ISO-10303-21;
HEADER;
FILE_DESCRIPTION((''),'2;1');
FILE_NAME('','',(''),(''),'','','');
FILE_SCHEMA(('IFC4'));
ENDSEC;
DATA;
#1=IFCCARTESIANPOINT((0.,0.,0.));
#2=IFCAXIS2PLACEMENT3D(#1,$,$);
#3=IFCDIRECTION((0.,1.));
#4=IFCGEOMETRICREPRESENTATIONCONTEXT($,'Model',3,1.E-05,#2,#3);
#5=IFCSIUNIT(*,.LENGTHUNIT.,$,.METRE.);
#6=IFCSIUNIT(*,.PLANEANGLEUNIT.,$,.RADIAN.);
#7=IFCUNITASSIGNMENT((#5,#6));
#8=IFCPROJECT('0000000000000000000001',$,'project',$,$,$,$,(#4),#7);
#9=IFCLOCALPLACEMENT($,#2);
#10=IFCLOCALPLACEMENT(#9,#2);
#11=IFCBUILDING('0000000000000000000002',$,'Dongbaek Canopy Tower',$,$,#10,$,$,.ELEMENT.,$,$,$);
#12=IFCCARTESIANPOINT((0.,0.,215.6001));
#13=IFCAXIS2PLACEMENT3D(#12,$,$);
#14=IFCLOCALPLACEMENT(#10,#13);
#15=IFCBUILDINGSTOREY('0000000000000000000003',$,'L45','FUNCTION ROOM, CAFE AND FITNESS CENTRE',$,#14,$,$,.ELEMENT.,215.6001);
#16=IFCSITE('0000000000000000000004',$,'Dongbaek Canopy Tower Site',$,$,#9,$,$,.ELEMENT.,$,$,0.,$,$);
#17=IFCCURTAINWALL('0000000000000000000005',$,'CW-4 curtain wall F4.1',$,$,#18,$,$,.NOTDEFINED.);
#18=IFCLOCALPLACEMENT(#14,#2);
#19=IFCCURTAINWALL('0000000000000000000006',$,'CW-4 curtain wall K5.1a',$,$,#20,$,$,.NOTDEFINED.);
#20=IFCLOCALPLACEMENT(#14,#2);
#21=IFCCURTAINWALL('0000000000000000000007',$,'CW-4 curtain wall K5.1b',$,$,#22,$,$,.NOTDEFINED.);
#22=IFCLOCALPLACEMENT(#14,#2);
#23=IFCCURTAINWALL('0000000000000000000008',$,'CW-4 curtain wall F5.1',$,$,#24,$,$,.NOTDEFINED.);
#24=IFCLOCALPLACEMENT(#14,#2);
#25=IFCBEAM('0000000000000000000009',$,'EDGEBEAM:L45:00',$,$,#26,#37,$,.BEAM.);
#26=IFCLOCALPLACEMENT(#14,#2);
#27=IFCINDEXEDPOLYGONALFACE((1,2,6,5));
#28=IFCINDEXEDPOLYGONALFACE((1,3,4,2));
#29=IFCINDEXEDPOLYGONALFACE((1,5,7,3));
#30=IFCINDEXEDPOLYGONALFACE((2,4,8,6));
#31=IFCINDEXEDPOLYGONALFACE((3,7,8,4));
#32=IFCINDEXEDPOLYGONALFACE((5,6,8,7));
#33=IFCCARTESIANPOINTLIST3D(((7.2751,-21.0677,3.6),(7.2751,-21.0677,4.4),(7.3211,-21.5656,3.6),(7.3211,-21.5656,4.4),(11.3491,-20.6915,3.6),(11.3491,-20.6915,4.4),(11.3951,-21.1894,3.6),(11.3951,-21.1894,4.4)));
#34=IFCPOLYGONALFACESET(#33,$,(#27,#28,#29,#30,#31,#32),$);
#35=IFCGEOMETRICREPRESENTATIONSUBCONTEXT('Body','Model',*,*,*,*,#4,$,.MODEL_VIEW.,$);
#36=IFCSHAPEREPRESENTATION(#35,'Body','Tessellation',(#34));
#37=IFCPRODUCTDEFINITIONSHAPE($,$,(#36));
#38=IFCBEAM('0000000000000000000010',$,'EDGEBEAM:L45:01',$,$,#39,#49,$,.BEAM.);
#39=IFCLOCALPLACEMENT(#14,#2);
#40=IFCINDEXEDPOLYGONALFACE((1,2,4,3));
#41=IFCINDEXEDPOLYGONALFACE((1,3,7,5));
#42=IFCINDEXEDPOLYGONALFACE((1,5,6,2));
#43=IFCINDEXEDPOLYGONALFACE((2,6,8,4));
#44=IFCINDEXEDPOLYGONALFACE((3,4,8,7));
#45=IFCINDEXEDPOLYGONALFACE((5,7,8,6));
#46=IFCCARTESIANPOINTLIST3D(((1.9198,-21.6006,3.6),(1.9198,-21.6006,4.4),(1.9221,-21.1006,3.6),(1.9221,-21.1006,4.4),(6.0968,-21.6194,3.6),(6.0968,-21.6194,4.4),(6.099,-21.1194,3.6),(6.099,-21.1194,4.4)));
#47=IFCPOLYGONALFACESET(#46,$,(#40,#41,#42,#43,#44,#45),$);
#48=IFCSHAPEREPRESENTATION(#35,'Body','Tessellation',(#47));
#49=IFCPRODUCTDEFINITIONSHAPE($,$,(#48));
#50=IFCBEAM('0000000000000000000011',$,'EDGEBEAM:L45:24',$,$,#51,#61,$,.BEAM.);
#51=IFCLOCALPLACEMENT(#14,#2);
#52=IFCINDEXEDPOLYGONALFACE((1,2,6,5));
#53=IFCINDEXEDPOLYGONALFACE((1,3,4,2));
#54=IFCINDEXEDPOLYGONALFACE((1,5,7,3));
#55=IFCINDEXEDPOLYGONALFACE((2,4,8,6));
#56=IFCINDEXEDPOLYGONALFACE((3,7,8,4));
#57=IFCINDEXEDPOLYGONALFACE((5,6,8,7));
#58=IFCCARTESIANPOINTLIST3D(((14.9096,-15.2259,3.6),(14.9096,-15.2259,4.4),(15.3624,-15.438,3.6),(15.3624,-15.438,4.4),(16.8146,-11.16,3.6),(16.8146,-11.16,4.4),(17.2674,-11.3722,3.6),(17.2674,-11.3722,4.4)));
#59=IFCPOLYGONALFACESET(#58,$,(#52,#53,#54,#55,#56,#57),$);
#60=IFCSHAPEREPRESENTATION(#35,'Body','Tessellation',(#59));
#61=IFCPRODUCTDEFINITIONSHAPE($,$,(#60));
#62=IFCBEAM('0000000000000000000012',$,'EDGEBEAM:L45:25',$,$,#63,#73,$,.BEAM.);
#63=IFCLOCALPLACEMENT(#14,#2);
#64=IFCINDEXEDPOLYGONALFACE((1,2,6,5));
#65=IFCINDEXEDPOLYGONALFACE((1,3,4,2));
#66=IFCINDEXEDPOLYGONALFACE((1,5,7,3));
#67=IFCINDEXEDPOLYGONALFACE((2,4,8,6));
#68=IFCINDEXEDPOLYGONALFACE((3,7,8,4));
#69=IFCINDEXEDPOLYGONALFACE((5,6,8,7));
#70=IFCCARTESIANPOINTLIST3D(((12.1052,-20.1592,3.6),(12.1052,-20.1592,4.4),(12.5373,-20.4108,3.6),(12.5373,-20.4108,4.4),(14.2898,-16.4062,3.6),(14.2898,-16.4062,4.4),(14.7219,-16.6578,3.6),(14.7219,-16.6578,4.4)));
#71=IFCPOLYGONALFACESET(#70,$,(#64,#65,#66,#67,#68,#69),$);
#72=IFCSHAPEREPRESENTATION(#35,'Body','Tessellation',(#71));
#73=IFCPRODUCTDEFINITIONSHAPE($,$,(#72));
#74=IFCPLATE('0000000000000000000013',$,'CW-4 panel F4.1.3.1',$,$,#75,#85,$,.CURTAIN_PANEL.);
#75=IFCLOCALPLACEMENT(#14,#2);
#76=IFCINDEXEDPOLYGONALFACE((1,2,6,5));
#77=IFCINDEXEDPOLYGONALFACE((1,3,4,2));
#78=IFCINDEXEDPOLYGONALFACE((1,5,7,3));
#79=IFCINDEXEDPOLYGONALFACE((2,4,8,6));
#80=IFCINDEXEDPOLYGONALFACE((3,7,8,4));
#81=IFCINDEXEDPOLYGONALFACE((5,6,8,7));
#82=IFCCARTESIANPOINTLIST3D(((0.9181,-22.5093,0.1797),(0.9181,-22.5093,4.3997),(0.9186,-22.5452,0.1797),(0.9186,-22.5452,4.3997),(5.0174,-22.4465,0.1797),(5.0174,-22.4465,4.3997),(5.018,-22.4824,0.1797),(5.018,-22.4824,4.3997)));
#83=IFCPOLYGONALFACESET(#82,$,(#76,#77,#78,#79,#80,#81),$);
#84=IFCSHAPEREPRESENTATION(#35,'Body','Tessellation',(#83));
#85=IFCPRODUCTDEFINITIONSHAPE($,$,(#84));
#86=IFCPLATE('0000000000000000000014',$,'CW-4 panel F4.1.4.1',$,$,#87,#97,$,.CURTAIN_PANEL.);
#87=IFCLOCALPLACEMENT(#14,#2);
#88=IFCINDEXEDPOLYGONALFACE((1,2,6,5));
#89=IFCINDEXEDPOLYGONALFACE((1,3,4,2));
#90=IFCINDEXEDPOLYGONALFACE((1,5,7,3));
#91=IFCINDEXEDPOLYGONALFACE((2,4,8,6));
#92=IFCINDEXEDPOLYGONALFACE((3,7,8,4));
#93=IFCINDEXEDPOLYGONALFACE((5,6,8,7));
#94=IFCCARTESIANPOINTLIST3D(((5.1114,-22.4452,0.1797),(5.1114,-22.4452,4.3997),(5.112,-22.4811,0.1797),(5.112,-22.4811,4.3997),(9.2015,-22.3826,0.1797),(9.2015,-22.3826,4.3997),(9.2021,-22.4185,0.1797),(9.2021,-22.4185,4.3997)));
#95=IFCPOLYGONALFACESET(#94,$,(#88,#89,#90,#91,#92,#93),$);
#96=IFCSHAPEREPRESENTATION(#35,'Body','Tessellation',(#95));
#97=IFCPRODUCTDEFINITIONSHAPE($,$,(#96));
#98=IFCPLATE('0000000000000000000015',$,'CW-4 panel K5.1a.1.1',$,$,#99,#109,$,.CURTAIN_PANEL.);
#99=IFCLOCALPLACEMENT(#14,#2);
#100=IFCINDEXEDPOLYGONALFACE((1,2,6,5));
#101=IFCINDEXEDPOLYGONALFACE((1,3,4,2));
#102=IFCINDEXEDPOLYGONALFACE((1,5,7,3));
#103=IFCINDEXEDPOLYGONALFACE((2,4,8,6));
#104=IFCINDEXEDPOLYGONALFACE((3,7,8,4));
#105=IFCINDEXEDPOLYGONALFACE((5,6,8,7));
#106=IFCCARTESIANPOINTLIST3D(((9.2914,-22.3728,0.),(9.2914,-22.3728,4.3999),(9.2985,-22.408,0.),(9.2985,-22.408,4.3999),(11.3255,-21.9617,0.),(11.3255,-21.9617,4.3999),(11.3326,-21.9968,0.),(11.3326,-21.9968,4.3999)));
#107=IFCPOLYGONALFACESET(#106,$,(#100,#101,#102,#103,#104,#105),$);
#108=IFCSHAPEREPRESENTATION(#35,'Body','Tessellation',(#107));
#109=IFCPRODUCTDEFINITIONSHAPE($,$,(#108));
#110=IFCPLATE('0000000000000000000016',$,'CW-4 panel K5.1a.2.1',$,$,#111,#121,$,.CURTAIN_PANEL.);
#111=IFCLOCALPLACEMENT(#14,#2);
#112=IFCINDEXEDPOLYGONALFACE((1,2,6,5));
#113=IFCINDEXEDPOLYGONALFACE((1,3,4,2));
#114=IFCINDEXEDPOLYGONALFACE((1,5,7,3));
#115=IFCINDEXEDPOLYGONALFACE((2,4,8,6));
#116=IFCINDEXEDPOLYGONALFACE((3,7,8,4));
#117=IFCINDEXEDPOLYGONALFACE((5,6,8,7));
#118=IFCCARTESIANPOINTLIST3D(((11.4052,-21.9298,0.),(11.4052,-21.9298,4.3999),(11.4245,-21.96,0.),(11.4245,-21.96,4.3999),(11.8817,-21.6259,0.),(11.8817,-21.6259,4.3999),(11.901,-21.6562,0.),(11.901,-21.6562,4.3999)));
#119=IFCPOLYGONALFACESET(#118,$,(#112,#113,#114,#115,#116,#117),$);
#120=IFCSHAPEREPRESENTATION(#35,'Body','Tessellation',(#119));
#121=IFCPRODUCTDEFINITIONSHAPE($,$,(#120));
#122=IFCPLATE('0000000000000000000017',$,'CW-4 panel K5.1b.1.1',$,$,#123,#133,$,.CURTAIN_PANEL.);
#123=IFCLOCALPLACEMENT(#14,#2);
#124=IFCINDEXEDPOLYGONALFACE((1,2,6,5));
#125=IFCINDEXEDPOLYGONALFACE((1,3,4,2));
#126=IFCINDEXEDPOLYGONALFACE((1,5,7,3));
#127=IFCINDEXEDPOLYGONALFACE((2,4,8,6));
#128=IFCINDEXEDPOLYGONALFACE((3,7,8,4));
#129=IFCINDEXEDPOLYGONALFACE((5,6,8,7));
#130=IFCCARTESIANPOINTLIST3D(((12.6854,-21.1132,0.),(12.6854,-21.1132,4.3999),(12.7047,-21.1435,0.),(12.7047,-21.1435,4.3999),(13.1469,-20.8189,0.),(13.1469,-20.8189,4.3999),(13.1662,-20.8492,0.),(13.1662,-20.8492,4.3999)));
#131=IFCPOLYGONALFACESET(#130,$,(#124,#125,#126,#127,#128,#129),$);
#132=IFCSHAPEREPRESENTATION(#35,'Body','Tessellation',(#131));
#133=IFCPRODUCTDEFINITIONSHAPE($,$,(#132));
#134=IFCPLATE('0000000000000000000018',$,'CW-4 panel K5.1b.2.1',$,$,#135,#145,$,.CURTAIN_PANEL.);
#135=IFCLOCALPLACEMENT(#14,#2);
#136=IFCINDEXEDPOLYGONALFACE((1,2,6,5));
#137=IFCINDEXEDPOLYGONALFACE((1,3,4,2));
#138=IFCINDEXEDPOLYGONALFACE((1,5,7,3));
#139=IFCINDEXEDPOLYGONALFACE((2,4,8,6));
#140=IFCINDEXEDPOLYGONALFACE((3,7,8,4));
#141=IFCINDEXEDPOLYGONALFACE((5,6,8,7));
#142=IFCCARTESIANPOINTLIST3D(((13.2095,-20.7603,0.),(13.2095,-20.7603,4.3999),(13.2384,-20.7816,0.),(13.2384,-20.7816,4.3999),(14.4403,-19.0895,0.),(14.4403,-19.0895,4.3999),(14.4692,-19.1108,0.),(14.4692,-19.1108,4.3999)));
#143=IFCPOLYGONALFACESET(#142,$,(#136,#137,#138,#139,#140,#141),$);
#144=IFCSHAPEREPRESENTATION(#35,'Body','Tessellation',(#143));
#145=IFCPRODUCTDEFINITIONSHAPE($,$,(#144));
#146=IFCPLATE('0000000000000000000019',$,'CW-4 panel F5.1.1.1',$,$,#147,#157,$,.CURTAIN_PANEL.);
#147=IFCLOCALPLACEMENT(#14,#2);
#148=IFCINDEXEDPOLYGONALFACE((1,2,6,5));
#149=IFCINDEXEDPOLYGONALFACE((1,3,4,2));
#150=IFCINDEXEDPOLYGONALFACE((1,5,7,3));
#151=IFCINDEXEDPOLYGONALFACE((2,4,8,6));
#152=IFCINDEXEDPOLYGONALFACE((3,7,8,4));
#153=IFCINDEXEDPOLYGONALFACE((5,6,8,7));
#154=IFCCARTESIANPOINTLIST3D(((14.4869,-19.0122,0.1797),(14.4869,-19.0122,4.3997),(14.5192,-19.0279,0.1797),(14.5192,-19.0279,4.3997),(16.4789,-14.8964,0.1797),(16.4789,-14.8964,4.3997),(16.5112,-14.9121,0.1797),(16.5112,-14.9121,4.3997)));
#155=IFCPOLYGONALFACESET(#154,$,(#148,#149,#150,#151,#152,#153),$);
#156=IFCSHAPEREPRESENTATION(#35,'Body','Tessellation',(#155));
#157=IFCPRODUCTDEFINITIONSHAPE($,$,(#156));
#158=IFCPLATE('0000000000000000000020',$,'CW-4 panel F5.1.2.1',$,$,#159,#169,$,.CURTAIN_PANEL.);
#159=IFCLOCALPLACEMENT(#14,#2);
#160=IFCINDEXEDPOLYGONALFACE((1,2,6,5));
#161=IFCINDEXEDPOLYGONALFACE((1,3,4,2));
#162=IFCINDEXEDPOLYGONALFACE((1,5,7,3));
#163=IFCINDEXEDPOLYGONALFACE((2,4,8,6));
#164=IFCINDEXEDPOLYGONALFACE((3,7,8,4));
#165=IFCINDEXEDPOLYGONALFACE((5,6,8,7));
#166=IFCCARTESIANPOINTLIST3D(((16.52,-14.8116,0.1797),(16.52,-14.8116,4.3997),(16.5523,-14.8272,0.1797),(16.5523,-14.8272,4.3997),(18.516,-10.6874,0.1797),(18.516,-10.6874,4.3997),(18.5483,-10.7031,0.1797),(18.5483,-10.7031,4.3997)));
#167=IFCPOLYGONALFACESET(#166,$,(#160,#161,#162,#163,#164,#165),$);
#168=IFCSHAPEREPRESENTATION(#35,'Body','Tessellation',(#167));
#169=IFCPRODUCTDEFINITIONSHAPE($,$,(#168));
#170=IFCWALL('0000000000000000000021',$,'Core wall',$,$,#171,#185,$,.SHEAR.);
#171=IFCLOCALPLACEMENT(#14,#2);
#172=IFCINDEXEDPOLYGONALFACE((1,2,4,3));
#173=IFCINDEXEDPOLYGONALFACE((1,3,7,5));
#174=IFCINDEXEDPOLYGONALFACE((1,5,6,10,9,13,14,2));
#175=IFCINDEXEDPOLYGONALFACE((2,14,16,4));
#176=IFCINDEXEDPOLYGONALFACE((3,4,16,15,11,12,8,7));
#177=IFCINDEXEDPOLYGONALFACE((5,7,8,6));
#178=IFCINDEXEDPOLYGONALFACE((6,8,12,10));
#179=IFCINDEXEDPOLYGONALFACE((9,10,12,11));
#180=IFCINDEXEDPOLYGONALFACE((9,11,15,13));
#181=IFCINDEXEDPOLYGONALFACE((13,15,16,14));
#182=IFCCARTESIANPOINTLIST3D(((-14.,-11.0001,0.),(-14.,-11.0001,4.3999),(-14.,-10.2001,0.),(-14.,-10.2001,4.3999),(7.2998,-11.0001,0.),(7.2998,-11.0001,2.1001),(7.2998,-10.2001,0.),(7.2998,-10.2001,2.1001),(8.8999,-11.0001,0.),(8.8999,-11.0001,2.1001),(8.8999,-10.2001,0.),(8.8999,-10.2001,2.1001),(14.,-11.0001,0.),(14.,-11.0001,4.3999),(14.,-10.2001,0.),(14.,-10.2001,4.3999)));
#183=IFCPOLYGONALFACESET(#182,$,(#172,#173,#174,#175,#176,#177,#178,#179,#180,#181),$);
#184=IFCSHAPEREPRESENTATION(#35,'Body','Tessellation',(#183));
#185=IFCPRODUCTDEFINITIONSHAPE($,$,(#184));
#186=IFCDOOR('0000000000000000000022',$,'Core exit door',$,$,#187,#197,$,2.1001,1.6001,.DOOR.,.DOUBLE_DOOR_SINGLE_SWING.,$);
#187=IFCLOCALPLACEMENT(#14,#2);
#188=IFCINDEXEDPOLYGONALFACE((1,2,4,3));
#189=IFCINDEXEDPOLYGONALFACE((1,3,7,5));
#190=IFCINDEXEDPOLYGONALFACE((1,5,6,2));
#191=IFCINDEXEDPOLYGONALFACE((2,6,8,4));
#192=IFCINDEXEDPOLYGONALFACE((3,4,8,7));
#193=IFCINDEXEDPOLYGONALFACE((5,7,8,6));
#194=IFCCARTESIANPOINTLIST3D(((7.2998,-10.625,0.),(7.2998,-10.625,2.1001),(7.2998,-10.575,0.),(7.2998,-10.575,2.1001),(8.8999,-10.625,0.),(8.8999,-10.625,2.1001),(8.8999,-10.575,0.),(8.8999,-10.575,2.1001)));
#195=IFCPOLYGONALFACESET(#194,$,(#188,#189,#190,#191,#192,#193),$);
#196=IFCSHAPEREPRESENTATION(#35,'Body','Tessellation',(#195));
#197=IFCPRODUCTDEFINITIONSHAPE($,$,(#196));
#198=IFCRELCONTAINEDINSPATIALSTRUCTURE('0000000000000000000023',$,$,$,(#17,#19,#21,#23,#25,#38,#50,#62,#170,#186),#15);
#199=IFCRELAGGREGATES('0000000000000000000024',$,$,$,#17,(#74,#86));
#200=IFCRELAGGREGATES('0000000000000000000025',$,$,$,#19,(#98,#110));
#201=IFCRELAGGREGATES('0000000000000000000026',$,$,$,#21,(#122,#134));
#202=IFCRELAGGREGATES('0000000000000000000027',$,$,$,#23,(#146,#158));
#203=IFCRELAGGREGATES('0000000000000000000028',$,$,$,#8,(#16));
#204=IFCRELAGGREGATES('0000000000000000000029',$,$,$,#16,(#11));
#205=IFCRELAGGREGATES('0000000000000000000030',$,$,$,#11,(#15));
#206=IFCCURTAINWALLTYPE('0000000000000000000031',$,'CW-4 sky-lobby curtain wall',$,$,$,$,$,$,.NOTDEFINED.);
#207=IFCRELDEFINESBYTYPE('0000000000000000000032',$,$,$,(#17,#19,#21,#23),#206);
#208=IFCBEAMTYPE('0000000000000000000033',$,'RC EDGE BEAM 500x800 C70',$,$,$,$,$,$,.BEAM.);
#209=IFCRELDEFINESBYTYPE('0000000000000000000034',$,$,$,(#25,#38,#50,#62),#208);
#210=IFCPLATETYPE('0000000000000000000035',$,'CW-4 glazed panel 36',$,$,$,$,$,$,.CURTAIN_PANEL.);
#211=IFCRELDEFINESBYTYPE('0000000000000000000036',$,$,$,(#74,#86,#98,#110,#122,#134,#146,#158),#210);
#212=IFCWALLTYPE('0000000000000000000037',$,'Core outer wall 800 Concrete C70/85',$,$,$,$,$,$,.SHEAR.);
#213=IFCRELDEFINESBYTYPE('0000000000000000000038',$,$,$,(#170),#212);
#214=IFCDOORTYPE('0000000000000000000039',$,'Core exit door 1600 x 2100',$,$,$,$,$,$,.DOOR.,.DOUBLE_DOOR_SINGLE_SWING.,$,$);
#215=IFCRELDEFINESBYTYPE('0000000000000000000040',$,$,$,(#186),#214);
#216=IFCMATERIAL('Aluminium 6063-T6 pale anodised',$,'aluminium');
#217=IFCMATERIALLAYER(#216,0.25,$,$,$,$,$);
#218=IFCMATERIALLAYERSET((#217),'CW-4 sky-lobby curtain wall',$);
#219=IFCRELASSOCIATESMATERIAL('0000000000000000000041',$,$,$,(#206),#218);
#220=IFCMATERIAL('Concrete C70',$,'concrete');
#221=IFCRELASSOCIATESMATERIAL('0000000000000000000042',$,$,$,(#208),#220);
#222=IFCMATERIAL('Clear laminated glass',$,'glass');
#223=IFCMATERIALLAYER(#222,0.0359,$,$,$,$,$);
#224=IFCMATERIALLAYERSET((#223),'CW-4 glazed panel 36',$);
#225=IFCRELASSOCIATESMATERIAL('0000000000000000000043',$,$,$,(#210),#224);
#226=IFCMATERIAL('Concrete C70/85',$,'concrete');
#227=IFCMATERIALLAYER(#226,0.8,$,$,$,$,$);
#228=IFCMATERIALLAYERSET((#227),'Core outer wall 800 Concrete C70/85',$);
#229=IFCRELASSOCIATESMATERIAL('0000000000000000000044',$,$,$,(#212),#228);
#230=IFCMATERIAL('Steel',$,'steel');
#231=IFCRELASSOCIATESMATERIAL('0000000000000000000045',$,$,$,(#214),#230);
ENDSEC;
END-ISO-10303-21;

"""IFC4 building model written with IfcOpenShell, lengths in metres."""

from ifc_helpers import new_model, si_unit, direction, frame, frame_2d, origin, origin_2d, place, context, subcontext, project, spatial, rectangle, extrude, material, layer, layer_set, material_profile, profile_set, type_object, element, fill, aggregate, save


model = new_model("IFC4")

# Units and contexts
model_context = context("Model", 3, precision=1e-05, world=origin(), true_north=direction((0.0, 1.0)))
body_context = subcontext(model_context, "Body", "Model", "MODEL_VIEW")
ifc_project = project(units=[si_unit("LENGTHUNIT", "METRE"), si_unit("PLANEANGLEUNIT", "RADIAN")], contexts=[model_context])

# Site, building, storey
site_placement = place(None, origin())
site = spatial("IfcSite", under=ifc_project, at=site_placement, Name="Dongbaek Canopy Tower Site", CompositionType="ELEMENT", RefElevation=0.0)
building_placement = place(site_placement, origin())
building = spatial("IfcBuilding", under=site, at=building_placement, Name="Dongbaek Canopy Tower", CompositionType="ELEMENT")
storey_placement = place(building_placement, frame((0.0, 0.0, 215.6001)))
storey = spatial("IfcBuildingStorey", under=building, at=storey_placement, Name="L45", Description="FUNCTION ROOM, CAFE AND FITNESS CENTRE", CompositionType="ELEMENT", Elevation=215.6001)

# Curtain walls
ifc_material_1 = material(Name="Aluminium 6063-T6 pale anodised", Category="aluminium")
ifc_layer_1 = layer(ifc_material_1, 0.25)
ifc_layer_set_1 = layer_set([ifc_layer_1], Name="CW-4 sky-lobby curtain wall")
curtain_wall_type = type_object("IfcCurtainWallType", Name="CW-4 sky-lobby curtain wall", PredefinedType="NOTDEFINED", material=ifc_layer_set_1)
curtain_wall_1_placement = place(storey_placement, origin())
curtain_wall_1 = element("IfcCurtainWall", 1, at=curtain_wall_1_placement, inside=storey, type_object=curtain_wall_type, Name="CW-4 curtain wall F4.1", PredefinedType="NOTDEFINED")
curtain_wall_2_placement = place(storey_placement, origin())
curtain_wall_2 = element("IfcCurtainWall", 2, at=curtain_wall_2_placement, inside=storey, type_object=curtain_wall_type, Name="CW-4 curtain wall K5.1a", PredefinedType="NOTDEFINED")
curtain_wall_3_placement = place(storey_placement, origin())
curtain_wall_3 = element("IfcCurtainWall", 3, at=curtain_wall_3_placement, inside=storey, type_object=curtain_wall_type, Name="CW-4 curtain wall K5.1b", PredefinedType="NOTDEFINED")
curtain_wall_4_placement = place(storey_placement, origin())
curtain_wall_4 = element("IfcCurtainWall", 4, at=curtain_wall_4_placement, inside=storey, type_object=curtain_wall_type, Name="CW-4 curtain wall F5.1", PredefinedType="NOTDEFINED")

# Beams
ifc_material_2 = material(Name="Concrete C70", Category="concrete")
ifc_material_profile_1 = material_profile(ifc_material_2, rectangle(XDim=0.5, YDim=0.8, at=origin_2d()), Name="RC EDGE BEAM 500x800 C70")
ifc_profile_set_1 = profile_set([ifc_material_profile_1], Name="Concrete C70")
beam_type = type_object("IfcBeamType", Name="RC EDGE BEAM 500x800 C70", PredefinedType="BEAM", material=ifc_profile_set_1)
beam_1_placement = place(storey_placement, frame((11.3721, -20.9404, 4.0), z_axis=(-0.995763, -0.091956, 0.0), x_axis=(0.091956, -0.995763, 0.0)))
element("IfcBeam", 5, at=beam_1_placement, inside=storey, type_object=beam_type, Name="EDGEBEAM:L45:00", PredefinedType="BEAM", context=body_context, shape_type="SweptSolid", body=[
    extrude(rectangle(XDim=0.5, YDim=0.8, at=origin_2d()), origin(), (0.0, 0.0, 1.0), 4.0913),
])
beam_2_placement = place(storey_placement, frame((6.0979, -21.3694, 4.0), z_axis=(-0.99999, 0.004501, 0.0), x_axis=(-0.004501, -0.99999, 0.0)))
element("IfcBeam", 6, at=beam_2_placement, inside=storey, type_object=beam_type, Name="EDGEBEAM:L45:01", PredefinedType="BEAM", context=body_context, shape_type="SweptSolid", body=[
    extrude(rectangle(XDim=0.5, YDim=0.8, at=origin_2d()), origin(), (0.0, 0.0, 1.0), 4.177),
])
beam_3_placement = place(storey_placement, frame((17.041, -11.2661, 4.0), z_axis=(-0.424275, -0.905533, 0.0), x_axis=(0.905533, -0.424275, 0.0)))
element("IfcBeam", 7, at=beam_3_placement, inside=storey, type_object=beam_type, Name="EDGEBEAM:L45:24", PredefinedType="BEAM", context=body_context, shape_type="SweptSolid", body=[
    extrude(rectangle(XDim=0.5, YDim=0.8, at=origin_2d()), origin(), (0.0, 0.0, 1.0), 4.49),
])
beam_4_placement = place(storey_placement, frame((14.5059, -16.532, 4.0), z_axis=(-0.503074, -0.864243, 0.0), x_axis=(0.864243, -0.503074, 0.0)))
element("IfcBeam", 8, at=beam_4_placement, inside=storey, type_object=beam_type, Name="EDGEBEAM:L45:25", PredefinedType="BEAM", context=body_context, shape_type="SweptSolid", body=[
    extrude(rectangle(XDim=0.5, YDim=0.8, at=origin_2d()), origin(), (0.0, 0.0, 1.0), 4.3425),
])

# Plates
ifc_material_3 = material(Name="Clear laminated glass", Category="glass")
ifc_layer_2 = layer(ifc_material_3, 0.0359)
ifc_layer_set_2 = layer_set([ifc_layer_2], Name="CW-4 glazed panel 36")
plate_type = type_object("IfcPlateType", Name="CW-4 glazed panel 36", PredefinedType="CURTAIN_PANEL", material=ifc_layer_set_2)
plate_1_placement = place(storey_placement, frame((2.968, -22.4958, 0.1797), z_axis=(0.0, 0.0, 1.0), x_axis=(0.999883, 0.015303, 0.0)))
plate_1 = element("IfcPlate", 9, at=plate_1_placement, type_object=plate_type, Name="CW-4 panel F4.1.3.1", PredefinedType="CURTAIN_PANEL", context=body_context, shape_type="SweptSolid", body=[
    extrude(rectangle(XDim=4.0999, YDim=0.0359, at=origin_2d()), origin(), (0.0, 0.0, 1.0), 4.22),
])
plate_2_placement = place(storey_placement, frame((7.1567, -22.4319, 0.1797), z_axis=(0.0, 0.0, 1.0), x_axis=(0.999883, 0.015303, 0.0)))
plate_2 = element("IfcPlate", 10, at=plate_2_placement, type_object=plate_type, Name="CW-4 panel F4.1.4.1", PredefinedType="CURTAIN_PANEL", context=body_context, shape_type="SweptSolid", body=[
    extrude(rectangle(XDim=4.0906, YDim=0.0359, at=origin_2d()), origin(), (0.0, 0.0, 1.0), 4.22),
])
aggregate(curtain_wall_1, [plate_1, plate_2])
plate_3_placement = place(storey_placement, frame((10.312, -22.1848, 0.0), z_axis=(0.0, 0.0, 1.0), x_axis=(0.98018, 0.198108, 0.0)))
plate_3 = element("IfcPlate", 11, at=plate_3_placement, type_object=plate_type, Name="CW-4 panel K5.1a.1.1", PredefinedType="CURTAIN_PANEL", context=body_context, shape_type="SweptSolid", body=[
    extrude(rectangle(XDim=2.0752, YDim=0.0359, at=origin_2d()), origin(), (0.0, 0.0, 1.0), 4.3999),
])
plate_4_placement = place(storey_placement, frame((11.6531, -21.793, 0.0), z_axis=(0.0, 0.0, 1.0), x_axis=(0.843154, 0.537672, 0.0)))
plate_4 = element("IfcPlate", 12, at=plate_4_placement, type_object=plate_type, Name="CW-4 panel K5.1a.2.1", PredefinedType="CURTAIN_PANEL", context=body_context, shape_type="SweptSolid", body=[
    extrude(rectangle(XDim=0.5652, YDim=0.0359, at=origin_2d()), origin(), (0.0, 0.0, 1.0), 4.3999),
])
aggregate(curtain_wall_2, [plate_3, plate_4])
plate_5_placement = place(storey_placement, frame((12.9258, -20.9812, 0.0), z_axis=(0.0, 0.0, 1.0), x_axis=(0.843154, 0.537672, 0.0)))
plate_5 = element("IfcPlate", 13, at=plate_5_placement, type_object=plate_type, Name="CW-4 panel K5.1b.1.1", PredefinedType="CURTAIN_PANEL", context=body_context, shape_type="SweptSolid", body=[
    extrude(rectangle(XDim=0.5474, YDim=0.0359, at=origin_2d()), origin(), (0.0, 0.0, 1.0), 4.3999),
])
plate_6_placement = place(storey_placement, frame((13.8394, -19.9355, 0.0), z_axis=(0.0, 0.0, 1.0), x_axis=(0.593077, 0.805146, 0.0)))
plate_6 = element("IfcPlate", 14, at=plate_6_placement, type_object=plate_type, Name="CW-4 panel K5.1b.2.1", PredefinedType="CURTAIN_PANEL", context=body_context, shape_type="SweptSolid", body=[
    extrude(rectangle(XDim=2.0752, YDim=0.0359, at=origin_2d()), origin(), (0.0, 0.0, 1.0), 4.3999),
])
aggregate(curtain_wall_3, [plate_5, plate_6])
plate_7_placement = place(storey_placement, frame((15.499, -16.9622, 0.1797), z_axis=(0.0, 0.0, 1.0), x_axis=(0.435642, 0.90012, 0.0)))
plate_7 = element("IfcPlate", 15, at=plate_7_placement, type_object=plate_type, Name="CW-4 panel F5.1.1.1", PredefinedType="CURTAIN_PANEL", context=body_context, shape_type="SweptSolid", body=[
    extrude(rectangle(XDim=4.5725, YDim=0.0359, at=origin_2d()), origin(), (0.0, 0.0, 1.0), 4.22),
])
plate_8_placement = place(storey_placement, frame((17.5342, -12.7573, 0.1797), z_axis=(0.0, 0.0, 1.0), x_axis=(0.435642, 0.90012, 0.0)))
plate_8 = element("IfcPlate", 16, at=plate_8_placement, type_object=plate_type, Name="CW-4 panel F5.1.2.1", PredefinedType="CURTAIN_PANEL", context=body_context, shape_type="SweptSolid", body=[
    extrude(rectangle(XDim=4.5818, YDim=0.0359, at=origin_2d()), origin(), (0.0, 0.0, 1.0), 4.22),
])
aggregate(curtain_wall_4, [plate_7, plate_8])

# Wall, opening, door
ifc_material_4 = material(Name="Concrete C70/85", Category="concrete")
ifc_layer_3 = layer(ifc_material_4, 0.8)
ifc_layer_set_3 = layer_set([ifc_layer_3], Name="Core outer wall 800 Concrete C70/85")
wall_type_1 = type_object("IfcWallType", Name="Core outer wall 800 Concrete C70/85", PredefinedType="SHEAR", material=ifc_layer_set_3)
wall_1_placement = place(storey_placement, frame((14.0, -10.6001, 0.0), z_axis=(0.0, 0.0, 1.0), x_axis=(-1.0, 0.0, 0.0)))
wall_1 = element("IfcWall", 17, at=wall_1_placement, inside=storey, type_object=wall_type_1, Name="Core wall", PredefinedType="SHEAR", context=body_context, shape_type="SweptSolid", body=[
    extrude(rectangle(XDim=28.0, YDim=0.8, at=frame_2d((14.0, 0.0))), origin(), (0.0, 0.0, 1.0), 4.3999),
])
opening_1_placement = place(wall_1_placement, frame((5.1001, 0.0, 0.0)))
opening_1 = element("IfcOpeningElement", 18, at=opening_1_placement, cuts=wall_1, PredefinedType="OPENING", context=body_context, shape_type="SweptSolid", body=[
    extrude(rectangle(XDim=1.6001, YDim=2.1001, at=frame_2d((0.8, 1.05))), frame((0.0, 0.4099, 0.0), z_axis=(0.0, -1.0, 0.0), x_axis=(1.0, 0.0, 0.0)), (0.0, 0.0, 1.0), 0.8201),
])
ifc_material_5 = material(Name="Steel", Category="steel")
door_type_1 = type_object("IfcDoorType", Name="Core exit door 1600 x 2100", OperationType="DOUBLE_DOOR_SINGLE_SWING", PredefinedType="DOOR", material=ifc_material_5)
door_1_placement = place(opening_1_placement, origin())
door_1 = element("IfcDoor", 19, at=door_1_placement, inside=storey, type_object=door_type_1, Name="Core exit door", OperationType="DOUBLE_DOOR_SINGLE_SWING", OverallHeight=2.1001, OverallWidth=1.6001, PredefinedType="DOOR", context=body_context, shape_type="SweptSolid", body=[
    extrude(rectangle(XDim=1.6001, YDim=2.1001, at=frame_2d((0.8, 1.05))), frame((0.0, 0.0249, 0.0), z_axis=(0.0, -1.0, 0.0), x_axis=(1.0, 0.0, 0.0)), (0.0, 0.0, 1.0), 0.05),
])
fill(opening_1, door_1)

save(model, "model.ifc")
